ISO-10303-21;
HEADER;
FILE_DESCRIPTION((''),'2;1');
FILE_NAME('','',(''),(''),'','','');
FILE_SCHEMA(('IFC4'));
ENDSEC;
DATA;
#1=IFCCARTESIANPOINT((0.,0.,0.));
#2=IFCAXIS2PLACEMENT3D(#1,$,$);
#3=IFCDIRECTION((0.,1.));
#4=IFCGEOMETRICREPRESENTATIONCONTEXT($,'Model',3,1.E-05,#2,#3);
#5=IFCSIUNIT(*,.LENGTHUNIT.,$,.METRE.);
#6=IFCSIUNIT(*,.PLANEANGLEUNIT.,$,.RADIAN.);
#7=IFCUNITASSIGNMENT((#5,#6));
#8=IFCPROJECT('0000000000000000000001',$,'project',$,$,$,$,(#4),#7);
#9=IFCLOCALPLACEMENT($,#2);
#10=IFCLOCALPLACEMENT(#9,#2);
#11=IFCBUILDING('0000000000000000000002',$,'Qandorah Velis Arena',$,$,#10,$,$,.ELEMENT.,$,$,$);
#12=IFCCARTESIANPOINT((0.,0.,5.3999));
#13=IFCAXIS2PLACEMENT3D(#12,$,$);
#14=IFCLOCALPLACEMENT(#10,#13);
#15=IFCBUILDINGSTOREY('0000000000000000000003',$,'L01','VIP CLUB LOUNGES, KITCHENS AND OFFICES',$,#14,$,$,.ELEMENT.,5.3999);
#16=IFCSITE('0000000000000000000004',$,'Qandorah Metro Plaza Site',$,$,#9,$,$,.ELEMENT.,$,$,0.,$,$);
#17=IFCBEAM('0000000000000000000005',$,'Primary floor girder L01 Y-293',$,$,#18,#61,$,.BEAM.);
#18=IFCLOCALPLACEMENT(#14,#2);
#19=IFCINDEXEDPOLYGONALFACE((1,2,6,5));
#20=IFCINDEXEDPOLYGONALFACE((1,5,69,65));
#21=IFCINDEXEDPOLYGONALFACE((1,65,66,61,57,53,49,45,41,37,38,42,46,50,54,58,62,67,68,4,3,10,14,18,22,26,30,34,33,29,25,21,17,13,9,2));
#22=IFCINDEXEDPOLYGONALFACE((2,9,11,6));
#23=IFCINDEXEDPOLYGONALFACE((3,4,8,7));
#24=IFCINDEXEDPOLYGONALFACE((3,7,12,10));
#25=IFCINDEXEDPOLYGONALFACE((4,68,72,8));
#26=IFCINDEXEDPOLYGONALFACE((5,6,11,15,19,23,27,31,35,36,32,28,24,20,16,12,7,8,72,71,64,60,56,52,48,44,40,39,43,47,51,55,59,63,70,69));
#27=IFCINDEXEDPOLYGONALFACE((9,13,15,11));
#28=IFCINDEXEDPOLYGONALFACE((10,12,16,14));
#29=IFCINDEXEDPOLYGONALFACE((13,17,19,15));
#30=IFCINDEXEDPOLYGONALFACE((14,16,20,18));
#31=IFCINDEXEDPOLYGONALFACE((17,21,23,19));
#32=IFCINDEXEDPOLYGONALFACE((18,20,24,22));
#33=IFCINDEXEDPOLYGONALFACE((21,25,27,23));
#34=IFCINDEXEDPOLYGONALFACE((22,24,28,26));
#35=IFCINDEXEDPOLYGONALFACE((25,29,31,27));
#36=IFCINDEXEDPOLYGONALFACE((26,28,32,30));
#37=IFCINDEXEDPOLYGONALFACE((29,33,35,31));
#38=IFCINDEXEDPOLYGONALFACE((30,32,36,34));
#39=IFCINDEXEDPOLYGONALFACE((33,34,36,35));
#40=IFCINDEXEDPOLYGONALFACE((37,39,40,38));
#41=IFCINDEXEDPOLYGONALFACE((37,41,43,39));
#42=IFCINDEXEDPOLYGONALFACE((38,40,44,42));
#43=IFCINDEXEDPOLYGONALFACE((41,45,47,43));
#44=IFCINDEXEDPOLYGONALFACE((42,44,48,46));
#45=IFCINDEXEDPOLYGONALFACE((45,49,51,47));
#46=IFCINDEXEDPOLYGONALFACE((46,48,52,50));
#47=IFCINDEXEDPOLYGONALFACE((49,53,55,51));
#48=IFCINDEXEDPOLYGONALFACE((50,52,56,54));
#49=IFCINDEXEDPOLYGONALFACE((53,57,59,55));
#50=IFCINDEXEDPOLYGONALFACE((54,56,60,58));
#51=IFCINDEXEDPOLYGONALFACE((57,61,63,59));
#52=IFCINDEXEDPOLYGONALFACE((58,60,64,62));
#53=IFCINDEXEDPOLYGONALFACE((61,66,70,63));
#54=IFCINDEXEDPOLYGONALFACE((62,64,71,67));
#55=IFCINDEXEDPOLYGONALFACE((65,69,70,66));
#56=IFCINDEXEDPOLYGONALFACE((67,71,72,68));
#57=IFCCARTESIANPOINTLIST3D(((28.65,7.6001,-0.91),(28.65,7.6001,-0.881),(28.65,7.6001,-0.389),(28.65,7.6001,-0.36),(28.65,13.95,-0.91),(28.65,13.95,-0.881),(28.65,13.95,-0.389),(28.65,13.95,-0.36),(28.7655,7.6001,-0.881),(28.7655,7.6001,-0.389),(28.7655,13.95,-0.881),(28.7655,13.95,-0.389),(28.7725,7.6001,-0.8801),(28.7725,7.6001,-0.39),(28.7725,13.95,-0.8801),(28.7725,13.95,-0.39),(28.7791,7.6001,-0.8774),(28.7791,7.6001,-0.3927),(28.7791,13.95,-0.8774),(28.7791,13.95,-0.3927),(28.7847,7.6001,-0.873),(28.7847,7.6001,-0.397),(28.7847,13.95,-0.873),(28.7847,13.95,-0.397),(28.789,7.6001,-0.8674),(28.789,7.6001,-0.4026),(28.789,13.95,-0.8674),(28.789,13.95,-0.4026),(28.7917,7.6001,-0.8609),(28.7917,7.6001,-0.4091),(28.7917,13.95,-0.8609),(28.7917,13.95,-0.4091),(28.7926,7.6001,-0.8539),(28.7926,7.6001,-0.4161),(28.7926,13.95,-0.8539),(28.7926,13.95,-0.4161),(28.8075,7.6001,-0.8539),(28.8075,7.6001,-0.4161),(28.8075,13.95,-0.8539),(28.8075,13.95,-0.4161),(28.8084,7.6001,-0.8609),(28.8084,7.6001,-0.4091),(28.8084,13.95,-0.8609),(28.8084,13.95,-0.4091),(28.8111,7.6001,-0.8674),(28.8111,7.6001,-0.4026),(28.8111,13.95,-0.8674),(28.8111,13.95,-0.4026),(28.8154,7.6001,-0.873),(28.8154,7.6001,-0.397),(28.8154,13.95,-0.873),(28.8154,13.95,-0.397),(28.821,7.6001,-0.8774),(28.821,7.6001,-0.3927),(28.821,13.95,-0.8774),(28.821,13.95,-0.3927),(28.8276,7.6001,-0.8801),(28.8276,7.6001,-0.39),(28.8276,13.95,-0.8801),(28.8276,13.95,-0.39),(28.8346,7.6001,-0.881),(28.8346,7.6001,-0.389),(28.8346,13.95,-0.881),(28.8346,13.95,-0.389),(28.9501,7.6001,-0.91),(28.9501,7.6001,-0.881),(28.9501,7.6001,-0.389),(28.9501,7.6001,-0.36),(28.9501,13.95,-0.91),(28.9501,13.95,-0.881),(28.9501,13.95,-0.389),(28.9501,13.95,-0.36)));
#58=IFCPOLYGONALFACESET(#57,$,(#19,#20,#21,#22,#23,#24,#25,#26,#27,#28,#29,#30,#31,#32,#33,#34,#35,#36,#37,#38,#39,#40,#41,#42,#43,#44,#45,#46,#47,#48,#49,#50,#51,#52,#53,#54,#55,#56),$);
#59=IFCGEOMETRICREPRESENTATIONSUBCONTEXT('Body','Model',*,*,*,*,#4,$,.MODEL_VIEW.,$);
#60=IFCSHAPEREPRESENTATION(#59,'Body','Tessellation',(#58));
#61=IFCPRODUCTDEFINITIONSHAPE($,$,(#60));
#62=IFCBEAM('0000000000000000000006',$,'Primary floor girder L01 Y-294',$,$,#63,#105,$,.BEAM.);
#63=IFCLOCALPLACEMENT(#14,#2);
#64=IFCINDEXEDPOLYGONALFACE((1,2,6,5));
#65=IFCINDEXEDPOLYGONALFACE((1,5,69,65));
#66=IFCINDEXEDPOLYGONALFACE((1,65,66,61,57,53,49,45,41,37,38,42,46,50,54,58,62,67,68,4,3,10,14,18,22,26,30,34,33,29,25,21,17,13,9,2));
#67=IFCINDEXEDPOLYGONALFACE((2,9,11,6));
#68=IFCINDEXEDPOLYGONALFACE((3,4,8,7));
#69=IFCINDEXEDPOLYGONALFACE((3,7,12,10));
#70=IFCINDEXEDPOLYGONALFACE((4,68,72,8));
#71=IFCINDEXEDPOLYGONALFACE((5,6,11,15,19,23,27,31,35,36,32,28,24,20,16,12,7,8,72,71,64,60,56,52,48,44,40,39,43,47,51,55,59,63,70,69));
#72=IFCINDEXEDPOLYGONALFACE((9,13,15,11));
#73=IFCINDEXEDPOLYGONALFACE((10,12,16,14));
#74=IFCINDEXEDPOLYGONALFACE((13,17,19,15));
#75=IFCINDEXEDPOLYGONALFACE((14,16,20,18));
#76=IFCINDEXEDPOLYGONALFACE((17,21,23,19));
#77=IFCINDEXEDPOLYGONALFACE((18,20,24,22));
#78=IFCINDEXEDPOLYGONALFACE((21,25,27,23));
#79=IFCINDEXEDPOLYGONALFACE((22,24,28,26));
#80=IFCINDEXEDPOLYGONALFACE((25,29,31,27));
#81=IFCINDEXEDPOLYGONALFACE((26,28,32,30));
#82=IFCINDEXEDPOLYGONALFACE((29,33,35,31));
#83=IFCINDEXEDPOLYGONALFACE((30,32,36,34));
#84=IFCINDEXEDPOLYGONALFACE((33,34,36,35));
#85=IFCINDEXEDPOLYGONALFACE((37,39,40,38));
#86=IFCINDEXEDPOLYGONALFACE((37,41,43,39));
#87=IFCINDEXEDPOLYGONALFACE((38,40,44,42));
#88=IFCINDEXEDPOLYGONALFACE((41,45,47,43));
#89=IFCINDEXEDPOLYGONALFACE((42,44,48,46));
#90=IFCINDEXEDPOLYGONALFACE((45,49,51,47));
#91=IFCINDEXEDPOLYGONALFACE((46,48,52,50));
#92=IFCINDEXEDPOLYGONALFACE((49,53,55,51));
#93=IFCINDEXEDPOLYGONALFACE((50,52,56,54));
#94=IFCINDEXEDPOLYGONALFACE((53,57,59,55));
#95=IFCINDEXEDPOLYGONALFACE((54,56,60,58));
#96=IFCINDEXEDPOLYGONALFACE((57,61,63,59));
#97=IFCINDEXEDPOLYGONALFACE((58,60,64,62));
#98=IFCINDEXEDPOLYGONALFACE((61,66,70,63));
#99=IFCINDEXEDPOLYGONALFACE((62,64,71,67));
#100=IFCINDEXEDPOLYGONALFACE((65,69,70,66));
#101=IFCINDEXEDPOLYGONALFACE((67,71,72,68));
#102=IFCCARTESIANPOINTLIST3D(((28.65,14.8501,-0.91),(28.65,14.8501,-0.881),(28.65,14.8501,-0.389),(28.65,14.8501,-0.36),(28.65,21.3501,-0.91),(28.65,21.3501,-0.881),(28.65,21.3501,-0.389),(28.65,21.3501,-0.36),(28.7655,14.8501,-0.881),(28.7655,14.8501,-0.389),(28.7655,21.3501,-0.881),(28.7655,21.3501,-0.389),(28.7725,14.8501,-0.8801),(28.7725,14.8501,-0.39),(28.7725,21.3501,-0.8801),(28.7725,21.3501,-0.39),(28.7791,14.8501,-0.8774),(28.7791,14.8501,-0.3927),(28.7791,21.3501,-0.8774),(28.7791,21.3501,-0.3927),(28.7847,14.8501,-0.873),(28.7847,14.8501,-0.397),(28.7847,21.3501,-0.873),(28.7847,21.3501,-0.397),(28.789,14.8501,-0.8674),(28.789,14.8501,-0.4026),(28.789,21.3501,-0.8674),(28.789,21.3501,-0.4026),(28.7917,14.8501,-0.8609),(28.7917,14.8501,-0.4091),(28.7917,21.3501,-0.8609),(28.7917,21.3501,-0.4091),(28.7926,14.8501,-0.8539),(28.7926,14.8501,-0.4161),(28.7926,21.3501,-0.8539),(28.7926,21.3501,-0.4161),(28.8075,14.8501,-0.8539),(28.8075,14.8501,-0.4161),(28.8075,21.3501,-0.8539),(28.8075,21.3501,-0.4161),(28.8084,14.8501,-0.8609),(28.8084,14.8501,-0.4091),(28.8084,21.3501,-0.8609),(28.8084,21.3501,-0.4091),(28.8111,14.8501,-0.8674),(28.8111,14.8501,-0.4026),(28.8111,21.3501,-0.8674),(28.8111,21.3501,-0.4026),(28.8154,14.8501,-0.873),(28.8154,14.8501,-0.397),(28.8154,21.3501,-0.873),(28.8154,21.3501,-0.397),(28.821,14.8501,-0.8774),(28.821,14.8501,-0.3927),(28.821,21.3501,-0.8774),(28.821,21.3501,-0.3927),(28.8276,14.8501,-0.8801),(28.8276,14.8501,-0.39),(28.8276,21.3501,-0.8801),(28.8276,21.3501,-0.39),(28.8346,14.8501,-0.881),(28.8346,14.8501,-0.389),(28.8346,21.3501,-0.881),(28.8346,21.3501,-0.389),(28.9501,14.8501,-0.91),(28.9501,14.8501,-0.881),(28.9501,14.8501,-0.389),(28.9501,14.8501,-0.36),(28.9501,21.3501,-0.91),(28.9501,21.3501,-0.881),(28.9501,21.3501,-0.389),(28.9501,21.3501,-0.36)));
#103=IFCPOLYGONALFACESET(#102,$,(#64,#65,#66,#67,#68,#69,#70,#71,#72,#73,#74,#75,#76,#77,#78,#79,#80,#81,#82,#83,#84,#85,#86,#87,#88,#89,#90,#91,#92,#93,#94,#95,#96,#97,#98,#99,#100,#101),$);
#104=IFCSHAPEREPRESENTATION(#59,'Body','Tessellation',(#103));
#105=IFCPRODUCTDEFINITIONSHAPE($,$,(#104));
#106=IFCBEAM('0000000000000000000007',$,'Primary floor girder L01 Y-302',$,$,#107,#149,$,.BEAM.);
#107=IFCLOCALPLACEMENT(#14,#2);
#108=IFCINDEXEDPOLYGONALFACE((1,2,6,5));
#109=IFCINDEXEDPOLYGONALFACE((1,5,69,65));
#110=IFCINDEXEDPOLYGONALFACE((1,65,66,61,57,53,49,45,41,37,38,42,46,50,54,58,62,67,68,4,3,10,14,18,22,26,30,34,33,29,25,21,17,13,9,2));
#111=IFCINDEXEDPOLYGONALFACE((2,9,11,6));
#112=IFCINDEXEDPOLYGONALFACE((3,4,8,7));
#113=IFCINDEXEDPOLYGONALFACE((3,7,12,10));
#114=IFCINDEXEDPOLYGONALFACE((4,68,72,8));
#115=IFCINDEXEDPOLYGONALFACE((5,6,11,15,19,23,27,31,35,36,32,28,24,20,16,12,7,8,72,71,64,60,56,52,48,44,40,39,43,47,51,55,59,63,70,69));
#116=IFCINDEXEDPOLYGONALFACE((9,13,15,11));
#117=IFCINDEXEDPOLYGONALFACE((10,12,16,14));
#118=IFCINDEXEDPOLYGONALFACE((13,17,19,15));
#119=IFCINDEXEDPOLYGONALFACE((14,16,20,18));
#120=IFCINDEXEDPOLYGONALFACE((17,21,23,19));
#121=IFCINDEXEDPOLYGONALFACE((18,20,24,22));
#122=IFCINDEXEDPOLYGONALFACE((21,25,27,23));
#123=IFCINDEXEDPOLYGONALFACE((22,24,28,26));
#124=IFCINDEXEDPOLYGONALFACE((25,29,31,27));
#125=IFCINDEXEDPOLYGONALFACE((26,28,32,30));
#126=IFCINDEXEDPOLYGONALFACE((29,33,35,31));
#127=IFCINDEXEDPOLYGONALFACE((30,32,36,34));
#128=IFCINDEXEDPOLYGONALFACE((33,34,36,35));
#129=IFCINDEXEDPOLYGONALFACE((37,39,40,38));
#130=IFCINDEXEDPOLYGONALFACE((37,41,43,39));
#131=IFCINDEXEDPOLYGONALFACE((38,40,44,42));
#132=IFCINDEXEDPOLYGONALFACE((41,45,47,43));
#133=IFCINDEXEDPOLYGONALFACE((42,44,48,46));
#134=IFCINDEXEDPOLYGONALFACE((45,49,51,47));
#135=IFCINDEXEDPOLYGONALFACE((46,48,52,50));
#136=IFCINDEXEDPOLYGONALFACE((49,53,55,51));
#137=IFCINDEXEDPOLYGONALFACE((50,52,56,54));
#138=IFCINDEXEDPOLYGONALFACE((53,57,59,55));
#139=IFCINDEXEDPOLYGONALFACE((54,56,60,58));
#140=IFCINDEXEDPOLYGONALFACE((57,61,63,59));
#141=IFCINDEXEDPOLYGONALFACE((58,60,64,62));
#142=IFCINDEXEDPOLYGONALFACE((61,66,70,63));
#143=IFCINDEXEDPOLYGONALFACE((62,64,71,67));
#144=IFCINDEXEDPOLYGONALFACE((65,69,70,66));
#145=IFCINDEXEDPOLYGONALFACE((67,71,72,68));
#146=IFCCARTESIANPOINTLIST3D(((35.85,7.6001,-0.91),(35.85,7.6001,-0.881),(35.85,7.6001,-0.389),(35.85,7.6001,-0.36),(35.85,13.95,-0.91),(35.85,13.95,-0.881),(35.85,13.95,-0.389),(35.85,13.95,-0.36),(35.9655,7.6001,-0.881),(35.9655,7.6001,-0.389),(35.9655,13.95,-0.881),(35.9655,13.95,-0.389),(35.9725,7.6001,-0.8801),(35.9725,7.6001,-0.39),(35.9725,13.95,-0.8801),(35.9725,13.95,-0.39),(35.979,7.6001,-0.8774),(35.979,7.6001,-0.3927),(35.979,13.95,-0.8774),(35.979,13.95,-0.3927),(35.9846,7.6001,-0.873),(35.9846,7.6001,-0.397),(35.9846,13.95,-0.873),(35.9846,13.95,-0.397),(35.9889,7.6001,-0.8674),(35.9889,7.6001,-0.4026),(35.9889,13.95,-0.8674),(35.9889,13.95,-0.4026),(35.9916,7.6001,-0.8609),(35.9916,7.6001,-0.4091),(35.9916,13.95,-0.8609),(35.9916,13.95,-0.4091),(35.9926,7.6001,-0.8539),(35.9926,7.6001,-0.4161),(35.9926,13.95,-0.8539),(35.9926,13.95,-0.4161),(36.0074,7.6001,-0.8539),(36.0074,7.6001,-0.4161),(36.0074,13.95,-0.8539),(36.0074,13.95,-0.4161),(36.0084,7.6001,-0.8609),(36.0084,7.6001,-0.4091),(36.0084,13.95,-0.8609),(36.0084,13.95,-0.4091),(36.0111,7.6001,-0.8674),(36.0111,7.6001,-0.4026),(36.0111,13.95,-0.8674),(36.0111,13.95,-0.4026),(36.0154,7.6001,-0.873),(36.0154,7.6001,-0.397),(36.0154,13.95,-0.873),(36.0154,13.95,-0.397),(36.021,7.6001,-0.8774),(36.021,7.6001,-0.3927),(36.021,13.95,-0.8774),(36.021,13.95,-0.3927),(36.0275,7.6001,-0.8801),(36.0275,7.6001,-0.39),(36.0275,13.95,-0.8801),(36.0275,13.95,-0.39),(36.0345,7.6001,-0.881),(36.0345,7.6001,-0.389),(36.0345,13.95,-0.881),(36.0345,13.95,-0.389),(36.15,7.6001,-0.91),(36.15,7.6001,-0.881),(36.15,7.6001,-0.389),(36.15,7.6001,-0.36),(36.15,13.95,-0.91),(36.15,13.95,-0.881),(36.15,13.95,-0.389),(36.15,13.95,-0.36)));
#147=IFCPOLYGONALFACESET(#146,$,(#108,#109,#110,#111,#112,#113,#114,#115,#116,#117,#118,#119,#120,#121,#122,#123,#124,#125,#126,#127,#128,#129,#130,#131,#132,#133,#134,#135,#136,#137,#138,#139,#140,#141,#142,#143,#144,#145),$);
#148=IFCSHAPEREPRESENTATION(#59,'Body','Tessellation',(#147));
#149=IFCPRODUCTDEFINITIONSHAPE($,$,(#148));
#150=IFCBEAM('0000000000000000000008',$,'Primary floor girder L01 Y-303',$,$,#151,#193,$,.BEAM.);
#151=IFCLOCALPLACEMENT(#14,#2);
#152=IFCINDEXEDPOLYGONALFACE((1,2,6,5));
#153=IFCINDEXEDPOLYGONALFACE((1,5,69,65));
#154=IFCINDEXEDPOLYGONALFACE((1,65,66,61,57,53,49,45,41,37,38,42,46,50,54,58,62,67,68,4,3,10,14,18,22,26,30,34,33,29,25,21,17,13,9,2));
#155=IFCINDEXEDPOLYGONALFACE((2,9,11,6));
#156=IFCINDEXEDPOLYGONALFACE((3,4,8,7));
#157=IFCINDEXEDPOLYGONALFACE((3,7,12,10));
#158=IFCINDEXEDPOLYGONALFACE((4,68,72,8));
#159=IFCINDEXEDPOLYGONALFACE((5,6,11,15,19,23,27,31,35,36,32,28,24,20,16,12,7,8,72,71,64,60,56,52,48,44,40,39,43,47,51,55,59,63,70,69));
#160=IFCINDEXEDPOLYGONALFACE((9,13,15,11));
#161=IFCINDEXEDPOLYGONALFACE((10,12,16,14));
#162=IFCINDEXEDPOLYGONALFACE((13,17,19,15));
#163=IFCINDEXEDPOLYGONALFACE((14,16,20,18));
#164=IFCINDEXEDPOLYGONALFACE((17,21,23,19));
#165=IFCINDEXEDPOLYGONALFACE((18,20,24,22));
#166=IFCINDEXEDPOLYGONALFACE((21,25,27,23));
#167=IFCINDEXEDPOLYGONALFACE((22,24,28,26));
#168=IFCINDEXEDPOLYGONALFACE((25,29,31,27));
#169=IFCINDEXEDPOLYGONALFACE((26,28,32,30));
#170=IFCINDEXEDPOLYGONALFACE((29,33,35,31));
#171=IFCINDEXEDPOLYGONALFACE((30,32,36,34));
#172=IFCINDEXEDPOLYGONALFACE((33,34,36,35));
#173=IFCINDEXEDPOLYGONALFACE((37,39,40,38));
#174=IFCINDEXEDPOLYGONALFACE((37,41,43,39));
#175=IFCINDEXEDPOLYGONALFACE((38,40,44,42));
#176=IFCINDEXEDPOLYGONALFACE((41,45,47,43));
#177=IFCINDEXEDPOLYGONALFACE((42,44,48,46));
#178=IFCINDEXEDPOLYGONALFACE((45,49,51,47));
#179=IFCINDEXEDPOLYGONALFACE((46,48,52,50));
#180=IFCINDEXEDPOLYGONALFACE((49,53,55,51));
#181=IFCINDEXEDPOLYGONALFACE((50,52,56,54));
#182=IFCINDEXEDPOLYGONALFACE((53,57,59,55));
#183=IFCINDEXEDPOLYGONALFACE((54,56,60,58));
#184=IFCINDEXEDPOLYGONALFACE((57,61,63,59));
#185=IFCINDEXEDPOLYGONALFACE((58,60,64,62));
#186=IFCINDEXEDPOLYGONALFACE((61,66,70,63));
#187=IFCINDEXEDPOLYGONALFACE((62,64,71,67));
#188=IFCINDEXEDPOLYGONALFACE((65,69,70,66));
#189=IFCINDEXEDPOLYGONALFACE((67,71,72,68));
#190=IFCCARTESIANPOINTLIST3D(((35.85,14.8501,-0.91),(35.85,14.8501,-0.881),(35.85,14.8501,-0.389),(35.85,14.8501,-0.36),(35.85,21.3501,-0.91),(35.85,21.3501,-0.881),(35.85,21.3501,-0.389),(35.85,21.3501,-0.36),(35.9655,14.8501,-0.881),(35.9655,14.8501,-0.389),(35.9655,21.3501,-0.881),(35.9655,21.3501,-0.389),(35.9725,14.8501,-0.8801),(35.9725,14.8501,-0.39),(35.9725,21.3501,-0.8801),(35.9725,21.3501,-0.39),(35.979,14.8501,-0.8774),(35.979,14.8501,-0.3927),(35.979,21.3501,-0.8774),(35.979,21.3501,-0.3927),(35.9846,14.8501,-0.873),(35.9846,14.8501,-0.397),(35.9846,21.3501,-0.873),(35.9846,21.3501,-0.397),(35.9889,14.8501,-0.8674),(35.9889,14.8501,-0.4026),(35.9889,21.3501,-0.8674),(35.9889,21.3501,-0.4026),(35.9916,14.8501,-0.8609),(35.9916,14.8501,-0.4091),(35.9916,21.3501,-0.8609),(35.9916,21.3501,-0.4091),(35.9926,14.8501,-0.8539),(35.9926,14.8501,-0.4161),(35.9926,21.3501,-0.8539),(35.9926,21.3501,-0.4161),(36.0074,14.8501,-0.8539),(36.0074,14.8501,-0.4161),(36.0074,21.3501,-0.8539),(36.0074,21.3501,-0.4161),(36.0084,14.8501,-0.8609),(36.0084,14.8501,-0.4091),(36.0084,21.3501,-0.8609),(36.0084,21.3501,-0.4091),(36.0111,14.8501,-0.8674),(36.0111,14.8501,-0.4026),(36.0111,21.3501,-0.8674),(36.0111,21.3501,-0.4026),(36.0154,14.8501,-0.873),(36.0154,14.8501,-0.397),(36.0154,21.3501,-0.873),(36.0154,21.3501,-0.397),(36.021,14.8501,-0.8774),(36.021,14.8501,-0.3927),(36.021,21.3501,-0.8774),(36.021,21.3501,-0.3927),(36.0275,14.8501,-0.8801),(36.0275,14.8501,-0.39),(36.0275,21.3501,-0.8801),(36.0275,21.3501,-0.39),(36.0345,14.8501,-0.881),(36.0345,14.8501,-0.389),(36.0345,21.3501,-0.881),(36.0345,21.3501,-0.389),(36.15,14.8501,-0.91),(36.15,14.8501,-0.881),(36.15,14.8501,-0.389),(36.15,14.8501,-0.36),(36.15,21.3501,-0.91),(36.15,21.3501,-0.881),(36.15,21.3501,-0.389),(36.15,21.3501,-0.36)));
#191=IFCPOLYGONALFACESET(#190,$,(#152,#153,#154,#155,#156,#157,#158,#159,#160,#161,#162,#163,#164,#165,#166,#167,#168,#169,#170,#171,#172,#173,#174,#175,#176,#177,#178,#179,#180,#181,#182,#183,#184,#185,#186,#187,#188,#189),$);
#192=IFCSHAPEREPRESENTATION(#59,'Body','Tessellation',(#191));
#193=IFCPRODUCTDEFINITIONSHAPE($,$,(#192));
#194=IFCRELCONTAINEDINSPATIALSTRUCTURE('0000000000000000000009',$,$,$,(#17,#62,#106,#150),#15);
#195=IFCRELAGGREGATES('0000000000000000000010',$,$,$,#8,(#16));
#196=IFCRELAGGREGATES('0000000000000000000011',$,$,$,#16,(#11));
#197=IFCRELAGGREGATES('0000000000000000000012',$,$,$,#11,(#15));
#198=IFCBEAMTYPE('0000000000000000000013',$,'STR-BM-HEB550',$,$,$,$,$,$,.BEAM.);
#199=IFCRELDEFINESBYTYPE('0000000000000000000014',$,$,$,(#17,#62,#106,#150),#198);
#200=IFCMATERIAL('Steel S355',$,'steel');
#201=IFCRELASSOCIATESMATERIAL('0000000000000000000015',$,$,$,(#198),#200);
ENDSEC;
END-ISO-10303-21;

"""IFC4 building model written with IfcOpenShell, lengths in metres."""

from ifc_helpers import new_model, si_unit, direction, frame, origin, origin_2d, place, context, subcontext, project, spatial, i_section, extrude, material, material_profile, profile_set, type_object, element, save


model = new_model("IFC4")

# Units and contexts
model_context = context("Model", 3, precision=1e-05, world=origin(), true_north=direction((0.0, 1.0)))
body_context = subcontext(model_context, "Body", "Model", "MODEL_VIEW")
ifc_project = project(units=[si_unit("LENGTHUNIT", "METRE"), si_unit("PLANEANGLEUNIT", "RADIAN")], contexts=[model_context])

# Site, building, storey
site_placement = place(None, origin())
site = spatial("IfcSite", under=ifc_project, at=site_placement, Name="Qandorah Metro Plaza Site", CompositionType="ELEMENT", RefElevation=0.0)
building_placement = place(site_placement, origin())
building = spatial("IfcBuilding", under=site, at=building_placement, Name="Qandorah Velis Arena", CompositionType="ELEMENT")
storey_placement = place(building_placement, frame((0.0, 0.0, 5.3999)))
storey = spatial("IfcBuildingStorey", under=building, at=storey_placement, Name="L01", Description="VIP CLUB LOUNGES, KITCHENS AND OFFICES", CompositionType="ELEMENT", Elevation=5.3999)

# Beams
ifc_material_1 = material(Name="Steel S355", Category="steel")
ifc_material_profile_1 = material_profile(ifc_material_1, i_section(OverallWidth=0.3, OverallDepth=0.55, WebThickness=0.0149, FlangeThickness=0.0291, FilletRadius=0.0271, at=origin_2d()), Name="HEB 550")
ifc_profile_set_1 = profile_set([ifc_material_profile_1], Name="Steel S355")
beam_type_1 = type_object("IfcBeamType", Name="STR-BM-HEB550", PredefinedType="BEAM", material=ifc_profile_set_1)
beam_1_placement = place(storey_placement, frame((28.8, 7.6001, -0.635), z_axis=(0.0, 1.0, 0.0), x_axis=(-1.0, 0.0, 0.0)))
element("IfcBeam", 1, at=beam_1_placement, inside=storey, type_object=beam_type_1, Name="Primary floor girder L01 Y-293", PredefinedType="BEAM", context=body_context, shape_type="SweptSolid", body=[
    extrude(i_section(OverallWidth=0.3, OverallDepth=0.55, WebThickness=0.0149, FlangeThickness=0.0291, FilletRadius=0.0271, at=origin_2d()), origin(), (0.0, 0.0, 1.0), 6.3499),
])
beam_2_placement = place(storey_placement, frame((28.8, 14.8501, -0.635), z_axis=(0.0, 1.0, 0.0), x_axis=(-1.0, 0.0, 0.0)))
element("IfcBeam", 2, at=beam_2_placement, inside=storey, type_object=beam_type_1, Name="Primary floor girder L01 Y-294", PredefinedType="BEAM", context=body_context, shape_type="SweptSolid", body=[
    extrude(i_section(OverallWidth=0.3, OverallDepth=0.55, WebThickness=0.0149, FlangeThickness=0.0291, FilletRadius=0.0271, at=origin_2d()), origin(), (0.0, 0.0, 1.0), 6.5),
])
beam_3_placement = place(storey_placement, frame((36.0, 7.6001, -0.635), z_axis=(0.0, 1.0, 0.0), x_axis=(-1.0, 0.0, 0.0)))
element("IfcBeam", 3, at=beam_3_placement, inside=storey, type_object=beam_type_1, Name="Primary floor girder L01 Y-302", PredefinedType="BEAM", context=body_context, shape_type="SweptSolid", body=[
    extrude(i_section(OverallWidth=0.3, OverallDepth=0.55, WebThickness=0.0149, FlangeThickness=0.0291, FilletRadius=0.0271, at=origin_2d()), origin(), (0.0, 0.0, 1.0), 6.3499),
])
beam_4_placement = place(storey_placement, frame((36.0, 14.8501, -0.635), z_axis=(0.0, 1.0, 0.0), x_axis=(-1.0, 0.0, 0.0)))
element("IfcBeam", 4, at=beam_4_placement, inside=storey, type_object=beam_type_1, Name="Primary floor girder L01 Y-303", PredefinedType="BEAM", context=body_context, shape_type="SweptSolid", body=[
    extrude(i_section(OverallWidth=0.3, OverallDepth=0.55, WebThickness=0.0149, FlangeThickness=0.0291, FilletRadius=0.0271, at=origin_2d()), origin(), (0.0, 0.0, 1.0), 6.5),
])

save(model, "model.ifc")
